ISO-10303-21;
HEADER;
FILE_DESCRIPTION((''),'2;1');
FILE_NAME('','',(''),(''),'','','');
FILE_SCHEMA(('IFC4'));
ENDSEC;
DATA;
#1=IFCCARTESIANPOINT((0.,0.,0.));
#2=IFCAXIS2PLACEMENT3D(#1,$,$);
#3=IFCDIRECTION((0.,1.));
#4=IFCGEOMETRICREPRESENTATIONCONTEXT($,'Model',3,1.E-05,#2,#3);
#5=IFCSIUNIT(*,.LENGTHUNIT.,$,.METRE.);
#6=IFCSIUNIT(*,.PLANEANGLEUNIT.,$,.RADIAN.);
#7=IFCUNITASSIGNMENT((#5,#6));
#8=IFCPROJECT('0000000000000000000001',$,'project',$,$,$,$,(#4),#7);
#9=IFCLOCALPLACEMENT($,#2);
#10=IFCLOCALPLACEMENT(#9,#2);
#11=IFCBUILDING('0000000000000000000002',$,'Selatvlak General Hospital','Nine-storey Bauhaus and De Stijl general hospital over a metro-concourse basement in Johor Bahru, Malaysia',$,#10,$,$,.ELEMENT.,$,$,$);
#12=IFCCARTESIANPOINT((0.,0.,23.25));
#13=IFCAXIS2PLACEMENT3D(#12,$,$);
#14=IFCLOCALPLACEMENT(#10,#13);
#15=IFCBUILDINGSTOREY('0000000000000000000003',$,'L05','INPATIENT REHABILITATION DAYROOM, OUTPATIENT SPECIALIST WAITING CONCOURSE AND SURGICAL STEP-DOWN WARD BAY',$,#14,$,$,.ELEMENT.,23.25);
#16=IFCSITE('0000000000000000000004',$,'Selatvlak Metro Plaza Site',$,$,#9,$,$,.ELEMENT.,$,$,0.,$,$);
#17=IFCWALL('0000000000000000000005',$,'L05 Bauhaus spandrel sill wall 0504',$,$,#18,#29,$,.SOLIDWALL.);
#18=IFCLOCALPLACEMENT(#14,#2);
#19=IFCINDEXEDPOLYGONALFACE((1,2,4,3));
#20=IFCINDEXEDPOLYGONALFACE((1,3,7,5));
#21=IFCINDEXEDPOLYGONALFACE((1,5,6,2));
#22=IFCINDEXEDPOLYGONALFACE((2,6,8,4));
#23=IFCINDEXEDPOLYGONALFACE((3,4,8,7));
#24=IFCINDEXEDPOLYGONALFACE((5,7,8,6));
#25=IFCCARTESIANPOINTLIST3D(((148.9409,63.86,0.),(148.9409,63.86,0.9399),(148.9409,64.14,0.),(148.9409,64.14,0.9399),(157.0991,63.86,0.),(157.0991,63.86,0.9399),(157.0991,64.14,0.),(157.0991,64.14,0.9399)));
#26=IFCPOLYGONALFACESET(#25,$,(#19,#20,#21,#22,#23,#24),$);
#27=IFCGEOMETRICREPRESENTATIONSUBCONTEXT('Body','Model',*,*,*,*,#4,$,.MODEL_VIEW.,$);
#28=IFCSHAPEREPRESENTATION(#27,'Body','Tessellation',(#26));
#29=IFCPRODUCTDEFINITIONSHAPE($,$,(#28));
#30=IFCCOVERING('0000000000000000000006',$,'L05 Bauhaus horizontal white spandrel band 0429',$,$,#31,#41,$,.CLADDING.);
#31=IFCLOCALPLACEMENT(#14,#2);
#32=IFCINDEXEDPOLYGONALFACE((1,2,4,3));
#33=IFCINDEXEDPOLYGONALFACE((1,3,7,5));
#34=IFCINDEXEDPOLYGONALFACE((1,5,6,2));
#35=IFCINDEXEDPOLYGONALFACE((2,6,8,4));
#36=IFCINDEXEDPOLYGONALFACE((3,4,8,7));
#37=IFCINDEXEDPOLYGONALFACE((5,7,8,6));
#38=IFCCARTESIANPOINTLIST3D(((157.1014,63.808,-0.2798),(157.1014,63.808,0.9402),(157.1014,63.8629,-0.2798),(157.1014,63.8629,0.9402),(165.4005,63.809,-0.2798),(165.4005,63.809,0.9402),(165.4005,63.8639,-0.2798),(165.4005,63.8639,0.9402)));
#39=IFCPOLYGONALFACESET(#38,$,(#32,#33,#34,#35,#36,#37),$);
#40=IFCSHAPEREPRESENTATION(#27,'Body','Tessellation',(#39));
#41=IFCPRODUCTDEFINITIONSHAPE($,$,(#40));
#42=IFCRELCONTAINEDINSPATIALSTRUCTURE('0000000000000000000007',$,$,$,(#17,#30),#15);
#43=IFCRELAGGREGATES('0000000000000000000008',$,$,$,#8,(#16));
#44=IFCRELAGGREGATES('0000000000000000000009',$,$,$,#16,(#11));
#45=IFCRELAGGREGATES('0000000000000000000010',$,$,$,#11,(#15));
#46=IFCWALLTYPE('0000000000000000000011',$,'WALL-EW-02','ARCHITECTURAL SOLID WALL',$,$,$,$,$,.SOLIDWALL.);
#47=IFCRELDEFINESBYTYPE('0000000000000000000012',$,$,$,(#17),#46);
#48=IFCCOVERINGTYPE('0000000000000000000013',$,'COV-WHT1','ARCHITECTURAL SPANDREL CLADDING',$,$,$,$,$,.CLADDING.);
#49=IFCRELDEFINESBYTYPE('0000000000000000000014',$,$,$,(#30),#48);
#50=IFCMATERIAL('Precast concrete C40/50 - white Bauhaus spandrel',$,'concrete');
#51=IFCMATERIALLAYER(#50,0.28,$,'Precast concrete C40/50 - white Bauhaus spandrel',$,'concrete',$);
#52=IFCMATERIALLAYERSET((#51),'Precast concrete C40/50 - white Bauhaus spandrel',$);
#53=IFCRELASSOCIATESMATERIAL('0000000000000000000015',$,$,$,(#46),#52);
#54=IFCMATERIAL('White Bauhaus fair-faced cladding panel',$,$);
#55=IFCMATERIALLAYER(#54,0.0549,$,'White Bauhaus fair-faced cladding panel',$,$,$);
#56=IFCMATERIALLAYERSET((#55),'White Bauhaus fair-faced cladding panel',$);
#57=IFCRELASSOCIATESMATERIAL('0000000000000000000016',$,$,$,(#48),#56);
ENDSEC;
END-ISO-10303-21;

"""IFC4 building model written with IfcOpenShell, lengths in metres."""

from ifc_helpers import new_model, si_unit, direction, frame, frame_2d, origin, origin_2d, place, context, subcontext, project, spatial, rectangle, extrude, material, layer, layer_set, type_object, element, save


model = new_model("IFC4")

# Units and contexts
model_context = context("Model", 3, precision=1e-05, world=origin(), true_north=direction((0.0, 1.0)))
body_context = subcontext(model_context, "Body", "Model", "MODEL_VIEW")
ifc_project = project(units=[si_unit("LENGTHUNIT", "METRE"), si_unit("PLANEANGLEUNIT", "RADIAN")], contexts=[model_context])

# Site, building, storey
site_placement = place(None, origin())
site = spatial("IfcSite", under=ifc_project, at=site_placement, Name="Selatvlak Metro Plaza Site", CompositionType="ELEMENT", RefElevation=0.0)
building_placement = place(site_placement, origin())
building = spatial("IfcBuilding", under=site, at=building_placement, Name="Selatvlak General Hospital", Description="Nine-storey Bauhaus and De Stijl general hospital over a metro-concourse basement in Johor Bahru, Malaysia", CompositionType="ELEMENT")
storey_placement = place(building_placement, frame((0.0, 0.0, 23.25)))
storey = spatial("IfcBuildingStorey", under=building, at=storey_placement, Name="L05", Description="INPATIENT REHABILITATION DAYROOM, OUTPATIENT SPECIALIST WAITING CONCOURSE AND SURGICAL STEP-DOWN WARD BAY", CompositionType="ELEMENT", Elevation=23.25)

# Wall
ifc_material_1 = material(Name="Precast concrete C40/50 - white Bauhaus spandrel", Category="concrete")
ifc_layer_1 = layer(ifc_material_1, 0.28, Name="Precast concrete C40/50 - white Bauhaus spandrel", Category="concrete")
ifc_layer_set_1 = layer_set([ifc_layer_1], Name="Precast concrete C40/50 - white Bauhaus spandrel")
wall_type = type_object("IfcWallType", Name="WALL-EW-02", Description="ARCHITECTURAL SOLID WALL", PredefinedType="SOLIDWALL", material=ifc_layer_set_1)
wall_placement = place(storey_placement, frame((157.0991, 64.0, 0.0), z_axis=(0.0, 0.0, 1.0), x_axis=(-1.0, 0.0, 0.0)))
element("IfcWall", 1, at=wall_placement, inside=storey, type_object=wall_type, Name="L05 Bauhaus spandrel sill wall 0504", PredefinedType="SOLIDWALL", context=body_context, shape_type="SweptSolid", body=[
    extrude(rectangle(XDim=8.1582, YDim=0.28, at=frame_2d((4.0791, 0.0))), origin(), (0.0, 0.0, 1.0), 0.9399),
])

# Covering
ifc_material_2 = material(Name="White Bauhaus fair-faced cladding panel")
ifc_layer_2 = layer(ifc_material_2, 0.0549, Name="White Bauhaus fair-faced cladding panel")
ifc_layer_set_2 = layer_set([ifc_layer_2], Name="White Bauhaus fair-faced cladding panel")
covering_type = type_object("IfcCoveringType", Name="COV-WHT1", Description="ARCHITECTURAL SPANDREL CLADDING", PredefinedType="CLADDING", material=ifc_layer_set_2)
covering_placement = place(storey_placement, frame((161.251, 63.8359, -0.2798), z_axis=(0.0, 0.0, 1.0), x_axis=(-1.0, -0.000122, 0.0)))
element("IfcCovering", 2, at=covering_placement, inside=storey, type_object=covering_type, Name="L05 Bauhaus horizontal white spandrel band 0429", PredefinedType="CLADDING", context=body_context, shape_type="SweptSolid", body=[
    extrude(rectangle(XDim=8.2991, YDim=0.0549, at=origin_2d()), origin(), (0.0, 0.0, 1.0), 1.22),
])

save(model, "model.ifc")
